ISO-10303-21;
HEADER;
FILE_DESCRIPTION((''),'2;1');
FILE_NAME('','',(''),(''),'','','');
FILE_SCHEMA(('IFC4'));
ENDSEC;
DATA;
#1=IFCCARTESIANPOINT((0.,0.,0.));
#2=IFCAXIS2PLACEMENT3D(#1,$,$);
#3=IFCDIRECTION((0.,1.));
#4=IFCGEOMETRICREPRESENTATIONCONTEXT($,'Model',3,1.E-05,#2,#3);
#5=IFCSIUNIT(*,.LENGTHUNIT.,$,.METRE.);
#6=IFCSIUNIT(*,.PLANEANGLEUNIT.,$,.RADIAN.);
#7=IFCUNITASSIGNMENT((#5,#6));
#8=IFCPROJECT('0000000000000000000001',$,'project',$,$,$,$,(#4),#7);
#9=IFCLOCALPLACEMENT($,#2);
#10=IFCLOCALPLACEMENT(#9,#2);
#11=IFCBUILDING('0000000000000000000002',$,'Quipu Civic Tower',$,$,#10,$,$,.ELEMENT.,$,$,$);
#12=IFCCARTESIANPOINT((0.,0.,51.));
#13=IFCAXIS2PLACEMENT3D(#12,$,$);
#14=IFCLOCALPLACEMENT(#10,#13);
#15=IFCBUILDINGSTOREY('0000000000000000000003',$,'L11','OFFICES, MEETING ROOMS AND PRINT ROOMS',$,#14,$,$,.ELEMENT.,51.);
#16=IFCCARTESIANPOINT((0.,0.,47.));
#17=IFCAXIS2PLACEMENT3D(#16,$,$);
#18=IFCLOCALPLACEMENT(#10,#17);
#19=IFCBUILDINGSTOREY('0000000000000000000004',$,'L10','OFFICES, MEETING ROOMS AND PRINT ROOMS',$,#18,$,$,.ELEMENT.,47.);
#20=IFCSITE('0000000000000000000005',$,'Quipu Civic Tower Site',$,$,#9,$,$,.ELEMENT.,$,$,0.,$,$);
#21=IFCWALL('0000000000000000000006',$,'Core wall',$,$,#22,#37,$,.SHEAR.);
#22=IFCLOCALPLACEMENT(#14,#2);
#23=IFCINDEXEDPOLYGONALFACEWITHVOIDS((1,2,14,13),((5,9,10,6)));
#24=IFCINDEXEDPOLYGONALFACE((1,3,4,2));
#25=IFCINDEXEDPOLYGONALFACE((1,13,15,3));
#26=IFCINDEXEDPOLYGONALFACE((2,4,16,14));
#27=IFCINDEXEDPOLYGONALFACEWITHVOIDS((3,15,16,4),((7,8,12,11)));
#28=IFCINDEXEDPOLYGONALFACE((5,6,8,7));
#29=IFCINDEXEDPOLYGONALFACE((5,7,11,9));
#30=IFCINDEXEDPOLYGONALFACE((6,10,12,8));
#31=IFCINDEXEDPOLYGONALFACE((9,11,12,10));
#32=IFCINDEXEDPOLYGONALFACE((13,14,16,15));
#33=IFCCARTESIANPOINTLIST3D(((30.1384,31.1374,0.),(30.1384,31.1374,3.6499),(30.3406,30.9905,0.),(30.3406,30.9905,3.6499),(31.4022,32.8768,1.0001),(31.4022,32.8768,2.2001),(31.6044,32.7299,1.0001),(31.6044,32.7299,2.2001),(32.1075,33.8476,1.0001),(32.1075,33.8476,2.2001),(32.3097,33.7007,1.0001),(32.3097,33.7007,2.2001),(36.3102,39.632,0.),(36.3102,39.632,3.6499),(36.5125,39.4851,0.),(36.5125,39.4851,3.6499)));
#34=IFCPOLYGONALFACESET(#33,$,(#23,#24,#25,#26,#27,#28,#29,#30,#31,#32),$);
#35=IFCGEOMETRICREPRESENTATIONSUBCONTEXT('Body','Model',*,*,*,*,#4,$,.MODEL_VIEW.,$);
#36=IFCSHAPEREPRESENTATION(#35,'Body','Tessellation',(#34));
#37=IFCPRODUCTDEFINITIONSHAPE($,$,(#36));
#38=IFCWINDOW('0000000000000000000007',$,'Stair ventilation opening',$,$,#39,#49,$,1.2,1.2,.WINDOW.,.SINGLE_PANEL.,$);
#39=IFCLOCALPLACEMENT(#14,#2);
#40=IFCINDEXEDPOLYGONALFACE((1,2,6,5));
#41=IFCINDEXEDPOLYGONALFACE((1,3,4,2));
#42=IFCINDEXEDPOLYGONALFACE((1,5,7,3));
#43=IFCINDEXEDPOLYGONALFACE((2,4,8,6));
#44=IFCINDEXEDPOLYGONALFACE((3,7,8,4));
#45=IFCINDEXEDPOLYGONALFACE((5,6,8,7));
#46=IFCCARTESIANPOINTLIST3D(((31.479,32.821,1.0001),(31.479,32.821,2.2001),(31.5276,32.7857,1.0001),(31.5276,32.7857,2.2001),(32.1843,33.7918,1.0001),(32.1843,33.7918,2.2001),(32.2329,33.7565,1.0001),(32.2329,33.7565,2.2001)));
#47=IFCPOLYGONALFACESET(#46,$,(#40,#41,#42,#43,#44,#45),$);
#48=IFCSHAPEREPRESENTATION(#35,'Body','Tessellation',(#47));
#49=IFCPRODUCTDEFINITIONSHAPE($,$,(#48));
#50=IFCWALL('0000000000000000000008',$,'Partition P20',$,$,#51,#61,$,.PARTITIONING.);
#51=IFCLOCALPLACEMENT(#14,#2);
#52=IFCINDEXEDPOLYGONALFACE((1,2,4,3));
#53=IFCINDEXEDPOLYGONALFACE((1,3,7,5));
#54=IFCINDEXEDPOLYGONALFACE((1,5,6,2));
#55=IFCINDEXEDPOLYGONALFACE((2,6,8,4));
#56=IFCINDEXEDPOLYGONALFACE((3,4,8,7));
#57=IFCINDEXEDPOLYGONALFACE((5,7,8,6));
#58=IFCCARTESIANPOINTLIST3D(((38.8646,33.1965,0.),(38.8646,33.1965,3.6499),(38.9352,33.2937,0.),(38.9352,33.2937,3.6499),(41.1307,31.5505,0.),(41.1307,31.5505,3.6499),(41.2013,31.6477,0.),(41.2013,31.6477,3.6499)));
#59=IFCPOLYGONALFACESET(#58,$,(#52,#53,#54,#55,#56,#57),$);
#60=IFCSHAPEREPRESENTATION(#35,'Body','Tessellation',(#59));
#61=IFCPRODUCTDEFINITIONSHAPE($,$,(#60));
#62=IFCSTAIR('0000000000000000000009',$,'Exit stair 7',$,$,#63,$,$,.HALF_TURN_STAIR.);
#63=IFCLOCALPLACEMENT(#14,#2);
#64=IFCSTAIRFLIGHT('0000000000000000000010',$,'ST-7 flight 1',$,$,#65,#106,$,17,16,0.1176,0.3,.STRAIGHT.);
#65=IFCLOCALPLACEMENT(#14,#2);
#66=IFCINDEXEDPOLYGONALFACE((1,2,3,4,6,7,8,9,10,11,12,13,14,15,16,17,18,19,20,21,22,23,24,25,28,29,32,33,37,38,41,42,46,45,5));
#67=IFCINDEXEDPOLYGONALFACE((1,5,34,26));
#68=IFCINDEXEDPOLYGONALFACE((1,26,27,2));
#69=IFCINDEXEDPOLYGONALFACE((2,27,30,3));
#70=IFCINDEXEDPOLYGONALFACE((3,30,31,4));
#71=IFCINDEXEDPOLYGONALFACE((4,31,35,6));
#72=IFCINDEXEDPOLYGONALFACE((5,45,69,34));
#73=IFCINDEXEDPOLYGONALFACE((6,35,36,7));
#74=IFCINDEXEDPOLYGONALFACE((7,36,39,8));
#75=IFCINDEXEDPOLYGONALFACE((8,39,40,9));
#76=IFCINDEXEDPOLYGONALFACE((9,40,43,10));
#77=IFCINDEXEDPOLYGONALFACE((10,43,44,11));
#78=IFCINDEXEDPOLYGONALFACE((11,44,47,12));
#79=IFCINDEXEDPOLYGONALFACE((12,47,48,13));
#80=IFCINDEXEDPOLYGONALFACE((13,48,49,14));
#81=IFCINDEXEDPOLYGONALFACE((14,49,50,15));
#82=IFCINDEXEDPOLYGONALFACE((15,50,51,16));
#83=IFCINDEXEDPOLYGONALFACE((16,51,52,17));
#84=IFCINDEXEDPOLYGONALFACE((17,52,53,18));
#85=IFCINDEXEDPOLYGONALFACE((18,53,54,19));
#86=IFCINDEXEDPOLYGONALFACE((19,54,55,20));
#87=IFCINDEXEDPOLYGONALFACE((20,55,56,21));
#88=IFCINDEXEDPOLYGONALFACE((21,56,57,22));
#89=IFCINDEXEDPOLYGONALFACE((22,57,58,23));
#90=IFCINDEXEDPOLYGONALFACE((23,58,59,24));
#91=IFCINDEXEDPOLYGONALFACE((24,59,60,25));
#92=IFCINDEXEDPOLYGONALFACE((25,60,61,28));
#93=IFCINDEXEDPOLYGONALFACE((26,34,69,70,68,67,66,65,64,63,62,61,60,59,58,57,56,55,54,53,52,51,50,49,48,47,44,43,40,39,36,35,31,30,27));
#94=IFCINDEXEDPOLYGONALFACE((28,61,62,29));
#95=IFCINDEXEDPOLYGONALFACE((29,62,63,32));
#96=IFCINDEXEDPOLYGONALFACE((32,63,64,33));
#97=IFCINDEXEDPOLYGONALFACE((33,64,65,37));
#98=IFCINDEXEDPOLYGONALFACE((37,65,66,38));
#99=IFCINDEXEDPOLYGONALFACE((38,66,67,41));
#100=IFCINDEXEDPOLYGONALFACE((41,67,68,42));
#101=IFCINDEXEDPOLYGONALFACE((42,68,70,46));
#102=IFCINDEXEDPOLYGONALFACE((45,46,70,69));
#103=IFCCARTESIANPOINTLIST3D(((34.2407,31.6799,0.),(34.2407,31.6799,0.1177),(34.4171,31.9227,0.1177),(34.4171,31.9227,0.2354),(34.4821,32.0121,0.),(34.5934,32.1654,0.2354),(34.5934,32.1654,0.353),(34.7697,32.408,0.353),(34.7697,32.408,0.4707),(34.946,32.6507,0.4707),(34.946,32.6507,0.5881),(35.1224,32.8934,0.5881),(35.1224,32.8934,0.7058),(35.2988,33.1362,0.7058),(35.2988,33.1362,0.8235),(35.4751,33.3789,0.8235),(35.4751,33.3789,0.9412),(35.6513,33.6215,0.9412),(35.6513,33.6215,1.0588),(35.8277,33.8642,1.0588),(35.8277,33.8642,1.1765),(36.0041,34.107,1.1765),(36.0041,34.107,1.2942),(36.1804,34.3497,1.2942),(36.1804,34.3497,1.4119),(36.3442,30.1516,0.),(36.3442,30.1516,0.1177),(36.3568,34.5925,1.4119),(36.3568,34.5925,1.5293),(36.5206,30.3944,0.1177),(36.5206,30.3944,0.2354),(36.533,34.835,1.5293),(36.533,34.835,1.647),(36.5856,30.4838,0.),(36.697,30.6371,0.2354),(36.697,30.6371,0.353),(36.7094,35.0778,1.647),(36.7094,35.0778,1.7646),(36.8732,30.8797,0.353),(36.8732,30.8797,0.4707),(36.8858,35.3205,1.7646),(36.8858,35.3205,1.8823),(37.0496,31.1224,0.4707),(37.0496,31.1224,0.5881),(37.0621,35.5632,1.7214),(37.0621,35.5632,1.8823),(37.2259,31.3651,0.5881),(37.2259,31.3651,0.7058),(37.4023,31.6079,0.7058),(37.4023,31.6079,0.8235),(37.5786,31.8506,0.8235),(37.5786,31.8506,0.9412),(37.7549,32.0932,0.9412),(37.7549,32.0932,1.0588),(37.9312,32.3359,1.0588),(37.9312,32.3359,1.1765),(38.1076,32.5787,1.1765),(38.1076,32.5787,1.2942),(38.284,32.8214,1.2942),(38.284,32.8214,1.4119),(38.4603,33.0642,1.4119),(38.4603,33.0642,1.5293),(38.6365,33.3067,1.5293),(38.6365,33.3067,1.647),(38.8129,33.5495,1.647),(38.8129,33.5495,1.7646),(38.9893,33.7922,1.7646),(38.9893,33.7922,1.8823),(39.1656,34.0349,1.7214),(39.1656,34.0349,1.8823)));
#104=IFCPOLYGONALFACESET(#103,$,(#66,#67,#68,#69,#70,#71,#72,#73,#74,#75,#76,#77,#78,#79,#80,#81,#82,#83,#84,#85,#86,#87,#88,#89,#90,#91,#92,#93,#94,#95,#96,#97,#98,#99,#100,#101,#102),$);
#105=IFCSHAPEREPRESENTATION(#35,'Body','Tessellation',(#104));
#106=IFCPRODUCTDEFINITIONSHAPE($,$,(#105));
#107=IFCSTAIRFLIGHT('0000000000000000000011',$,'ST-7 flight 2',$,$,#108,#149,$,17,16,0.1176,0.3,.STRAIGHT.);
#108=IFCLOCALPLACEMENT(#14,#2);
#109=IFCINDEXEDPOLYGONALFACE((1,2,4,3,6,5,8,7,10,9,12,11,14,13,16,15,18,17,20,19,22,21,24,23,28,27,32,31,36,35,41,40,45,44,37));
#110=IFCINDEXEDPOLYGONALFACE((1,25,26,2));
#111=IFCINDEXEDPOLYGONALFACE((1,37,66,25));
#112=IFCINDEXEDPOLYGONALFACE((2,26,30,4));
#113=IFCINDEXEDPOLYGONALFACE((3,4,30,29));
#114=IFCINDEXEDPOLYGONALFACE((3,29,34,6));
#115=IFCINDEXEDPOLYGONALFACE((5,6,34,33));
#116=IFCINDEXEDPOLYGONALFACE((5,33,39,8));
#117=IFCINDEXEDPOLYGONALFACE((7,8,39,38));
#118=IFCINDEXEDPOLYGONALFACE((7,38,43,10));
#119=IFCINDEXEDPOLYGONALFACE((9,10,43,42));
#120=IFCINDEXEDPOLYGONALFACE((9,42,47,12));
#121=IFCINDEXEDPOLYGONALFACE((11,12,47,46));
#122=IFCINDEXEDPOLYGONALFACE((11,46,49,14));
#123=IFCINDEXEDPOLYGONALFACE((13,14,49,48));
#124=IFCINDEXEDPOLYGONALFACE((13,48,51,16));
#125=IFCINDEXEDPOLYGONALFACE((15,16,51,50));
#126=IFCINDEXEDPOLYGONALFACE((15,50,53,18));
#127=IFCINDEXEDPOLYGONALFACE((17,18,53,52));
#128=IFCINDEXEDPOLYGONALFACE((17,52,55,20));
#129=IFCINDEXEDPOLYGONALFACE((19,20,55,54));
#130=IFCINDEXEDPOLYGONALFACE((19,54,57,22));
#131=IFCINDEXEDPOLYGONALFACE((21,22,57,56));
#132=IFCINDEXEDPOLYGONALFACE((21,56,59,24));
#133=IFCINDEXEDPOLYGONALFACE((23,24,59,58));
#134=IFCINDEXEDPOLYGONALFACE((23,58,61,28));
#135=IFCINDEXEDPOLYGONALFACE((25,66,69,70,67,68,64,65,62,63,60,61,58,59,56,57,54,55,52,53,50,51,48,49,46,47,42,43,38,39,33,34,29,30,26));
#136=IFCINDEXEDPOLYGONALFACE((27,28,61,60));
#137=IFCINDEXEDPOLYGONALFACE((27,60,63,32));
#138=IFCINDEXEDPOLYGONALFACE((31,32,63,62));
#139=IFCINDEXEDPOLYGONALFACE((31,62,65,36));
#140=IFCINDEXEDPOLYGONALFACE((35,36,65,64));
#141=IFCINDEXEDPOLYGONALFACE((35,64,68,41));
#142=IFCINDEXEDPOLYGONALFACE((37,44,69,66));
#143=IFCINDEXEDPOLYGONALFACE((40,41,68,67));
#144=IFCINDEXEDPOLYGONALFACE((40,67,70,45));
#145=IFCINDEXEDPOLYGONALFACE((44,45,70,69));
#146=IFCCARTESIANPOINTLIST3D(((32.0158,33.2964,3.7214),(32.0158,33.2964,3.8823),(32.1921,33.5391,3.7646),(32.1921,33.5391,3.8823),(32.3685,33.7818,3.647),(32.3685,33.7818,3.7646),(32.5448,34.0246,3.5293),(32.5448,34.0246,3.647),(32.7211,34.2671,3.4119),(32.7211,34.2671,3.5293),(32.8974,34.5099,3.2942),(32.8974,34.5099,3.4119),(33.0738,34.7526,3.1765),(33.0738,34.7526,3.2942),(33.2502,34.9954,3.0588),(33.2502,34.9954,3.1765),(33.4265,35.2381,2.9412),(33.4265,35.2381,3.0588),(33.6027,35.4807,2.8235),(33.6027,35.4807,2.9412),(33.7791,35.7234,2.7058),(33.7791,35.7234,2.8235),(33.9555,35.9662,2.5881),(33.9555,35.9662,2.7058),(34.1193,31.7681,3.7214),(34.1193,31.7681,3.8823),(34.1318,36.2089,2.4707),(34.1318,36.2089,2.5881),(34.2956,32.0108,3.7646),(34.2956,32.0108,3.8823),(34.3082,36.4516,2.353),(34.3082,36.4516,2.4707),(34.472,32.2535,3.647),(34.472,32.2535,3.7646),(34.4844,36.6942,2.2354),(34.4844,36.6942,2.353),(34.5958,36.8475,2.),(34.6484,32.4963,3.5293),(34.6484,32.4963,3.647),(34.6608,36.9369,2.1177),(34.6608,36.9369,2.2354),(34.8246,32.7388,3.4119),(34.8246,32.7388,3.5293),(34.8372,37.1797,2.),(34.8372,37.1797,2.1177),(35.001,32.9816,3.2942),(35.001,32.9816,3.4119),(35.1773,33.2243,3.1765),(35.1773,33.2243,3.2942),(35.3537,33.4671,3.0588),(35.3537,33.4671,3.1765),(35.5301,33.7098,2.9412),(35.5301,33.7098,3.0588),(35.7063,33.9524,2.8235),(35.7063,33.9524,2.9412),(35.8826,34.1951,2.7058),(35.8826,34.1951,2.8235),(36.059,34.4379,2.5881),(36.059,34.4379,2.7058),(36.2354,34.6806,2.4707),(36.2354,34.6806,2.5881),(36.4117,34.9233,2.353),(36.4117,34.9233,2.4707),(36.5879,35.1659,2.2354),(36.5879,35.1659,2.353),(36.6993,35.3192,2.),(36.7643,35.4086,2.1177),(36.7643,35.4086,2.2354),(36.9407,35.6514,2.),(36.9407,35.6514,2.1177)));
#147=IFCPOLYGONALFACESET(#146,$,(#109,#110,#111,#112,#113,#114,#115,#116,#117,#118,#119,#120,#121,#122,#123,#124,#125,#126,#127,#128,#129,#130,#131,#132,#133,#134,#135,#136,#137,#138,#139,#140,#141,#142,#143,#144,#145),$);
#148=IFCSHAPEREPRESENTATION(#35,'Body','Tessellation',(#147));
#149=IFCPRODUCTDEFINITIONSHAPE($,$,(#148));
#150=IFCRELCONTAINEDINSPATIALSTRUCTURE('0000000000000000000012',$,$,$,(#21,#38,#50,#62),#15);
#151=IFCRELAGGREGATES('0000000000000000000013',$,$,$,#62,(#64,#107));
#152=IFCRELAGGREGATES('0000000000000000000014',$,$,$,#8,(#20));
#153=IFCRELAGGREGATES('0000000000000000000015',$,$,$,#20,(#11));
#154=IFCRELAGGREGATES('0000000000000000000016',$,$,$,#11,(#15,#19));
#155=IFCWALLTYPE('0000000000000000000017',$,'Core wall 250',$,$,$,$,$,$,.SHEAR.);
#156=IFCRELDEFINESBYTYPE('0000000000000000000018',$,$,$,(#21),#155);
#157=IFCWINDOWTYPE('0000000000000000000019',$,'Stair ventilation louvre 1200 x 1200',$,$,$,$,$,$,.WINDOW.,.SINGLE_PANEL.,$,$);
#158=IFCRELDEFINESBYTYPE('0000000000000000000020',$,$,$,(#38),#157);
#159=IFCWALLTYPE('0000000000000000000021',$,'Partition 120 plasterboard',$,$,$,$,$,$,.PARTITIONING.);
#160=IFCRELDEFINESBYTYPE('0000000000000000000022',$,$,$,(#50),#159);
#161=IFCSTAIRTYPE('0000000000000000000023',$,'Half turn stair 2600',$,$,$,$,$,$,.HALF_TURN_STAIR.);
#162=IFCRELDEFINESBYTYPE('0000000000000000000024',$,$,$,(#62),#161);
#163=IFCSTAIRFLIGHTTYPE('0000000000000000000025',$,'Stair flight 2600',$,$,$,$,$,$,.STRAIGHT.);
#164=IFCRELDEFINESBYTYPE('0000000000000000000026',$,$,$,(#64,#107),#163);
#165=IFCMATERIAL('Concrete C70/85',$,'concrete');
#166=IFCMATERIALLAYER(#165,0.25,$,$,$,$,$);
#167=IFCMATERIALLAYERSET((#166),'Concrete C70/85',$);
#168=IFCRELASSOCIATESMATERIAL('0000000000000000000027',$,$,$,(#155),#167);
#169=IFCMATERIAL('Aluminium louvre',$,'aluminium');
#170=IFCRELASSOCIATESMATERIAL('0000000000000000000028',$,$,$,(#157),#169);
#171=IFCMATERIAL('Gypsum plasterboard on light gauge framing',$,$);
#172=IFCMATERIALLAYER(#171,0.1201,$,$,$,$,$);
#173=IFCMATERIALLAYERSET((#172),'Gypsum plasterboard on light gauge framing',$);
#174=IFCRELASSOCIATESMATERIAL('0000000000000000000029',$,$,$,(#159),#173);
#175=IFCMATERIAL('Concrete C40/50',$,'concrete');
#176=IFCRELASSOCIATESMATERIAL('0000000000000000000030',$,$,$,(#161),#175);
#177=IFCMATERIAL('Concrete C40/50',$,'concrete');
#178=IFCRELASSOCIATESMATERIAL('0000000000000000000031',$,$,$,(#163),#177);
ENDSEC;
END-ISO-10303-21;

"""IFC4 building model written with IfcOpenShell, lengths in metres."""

from ifc_helpers import new_model, si_unit, direction, frame, frame_2d, origin, place, context, subcontext, project, spatial, polyline, rectangle, outline, extrude, material, layer, layer_set, type_object, element, fill, aggregate, save


model = new_model("IFC4")

# Units and contexts
model_context = context("Model", 3, precision=1e-05, world=origin(), true_north=direction((0.0, 1.0)))
body_context = subcontext(model_context, "Body", "Model", "MODEL_VIEW")
ifc_project = project(units=[si_unit("LENGTHUNIT", "METRE"), si_unit("PLANEANGLEUNIT", "RADIAN")], contexts=[model_context])

# Site, building, storey
site_placement = place(None, origin())
site = spatial("IfcSite", under=ifc_project, at=site_placement, Name="Quipu Civic Tower Site", CompositionType="ELEMENT", RefElevation=0.0)
building_placement = place(site_placement, origin())
building = spatial("IfcBuilding", under=site, at=building_placement, Name="Quipu Civic Tower", CompositionType="ELEMENT")
storey_1_placement = place(building_placement, frame((0.0, 0.0, 51.0)))
storey_1 = spatial("IfcBuildingStorey", under=building, at=storey_1_placement, Name="L11", Description="OFFICES, MEETING ROOMS AND PRINT ROOMS", CompositionType="ELEMENT", Elevation=51.0)

# Shared definitions
storey_2_placement = place(building_placement, frame((0.0, 0.0, 47.0)))
storey_2 = spatial("IfcBuildingStorey", under=building, at=storey_2_placement, Name="L10", Description="OFFICES, MEETING ROOMS AND PRINT ROOMS", CompositionType="ELEMENT", Elevation=47.0)

# Shared definitions
ifc_material_1 = material(Name="Concrete C70/85", Category="concrete")
ifc_layer_1 = layer(ifc_material_1, 0.25)
ifc_layer_set_1 = layer_set([ifc_layer_1], Name="Concrete C70/85")
wall_type_1 = type_object("IfcWallType", Name="Core wall 250", PredefinedType="SHEAR", material=ifc_layer_set_1)

# Wall, opening, window
wall_1_placement = place(storey_1_placement, frame((30.2395, 31.064, 0.0), z_axis=(0.0, 0.0, 1.0), x_axis=(0.587796, 0.809009, 0.0)))
wall_1 = element("IfcWall", 1, at=wall_1_placement, inside=storey_1, type_object=wall_type_1, Name="Core wall", PredefinedType="SHEAR", context=body_context, shape_type="SweptSolid", body=[
    extrude(rectangle(XDim=10.5, YDim=0.25, at=frame_2d((5.25, 0.0))), origin(), (0.0, 0.0, 1.0), 3.6499),
])
opening_1_placement = place(wall_1_placement, frame((2.1499, 0.0, 1.0)))
opening_1 = element("IfcOpeningElement", 2, at=opening_1_placement, cuts=wall_1, PredefinedType="OPENING", context=body_context, shape_type="SweptSolid", body=[
    extrude(rectangle(XDim=1.2, YDim=1.2, at=frame_2d((0.6001, 0.6001))), frame((0.0, 0.135, 0.0), z_axis=(0.0, -1.0, 0.0), x_axis=(1.0, 0.0, 0.0)), (0.0, 0.0, 1.0), 0.27),
])
ifc_material_2 = material(Name="Aluminium louvre", Category="aluminium")
window_type = type_object("IfcWindowType", Name="Stair ventilation louvre 1200 x 1200", PartitioningType="SINGLE_PANEL", PredefinedType="WINDOW", material=ifc_material_2)
window_placement = place(opening_1_placement, origin())
window = element("IfcWindow", 3, at=window_placement, inside=storey_1, type_object=window_type, Name="Stair ventilation opening", OverallHeight=1.2, OverallWidth=1.2, PartitioningType="SINGLE_PANEL", PredefinedType="WINDOW", context=body_context, shape_type="SweptSolid", body=[
    extrude(rectangle(XDim=1.2, YDim=1.2, at=frame_2d((0.6001, 0.6001))), frame((0.0, 0.03, 0.0), z_axis=(0.0, -1.0, 0.0), x_axis=(1.0, 0.0, 0.0)), (0.0, 0.0, 1.0), 0.0601),
])
fill(opening_1, window)

# Wall
ifc_material_3 = material(Name="Gypsum plasterboard on light gauge framing")
ifc_layer_2 = layer(ifc_material_3, 0.1201)
ifc_layer_set_2 = layer_set([ifc_layer_2], Name="Gypsum plasterboard on light gauge framing")
wall_type_2 = type_object("IfcWallType", Name="Partition 120 plasterboard", PredefinedType="PARTITIONING", material=ifc_layer_set_2)
wall_2_placement = place(storey_1_placement, frame((38.8999, 33.2451, 0.0), z_axis=(0.0, 0.0, 1.0), x_axis=(0.80909, -0.587684, 0.0)))
element("IfcWall", 4, at=wall_2_placement, inside=storey_1, type_object=wall_type_2, Name="Partition P20", PredefinedType="PARTITIONING", context=body_context, shape_type="SweptSolid", body=[
    extrude(rectangle(XDim=2.8008, YDim=0.1201, at=frame_2d((1.4004, 0.0))), origin(), (0.0, 0.0, 1.0), 3.6499),
])

# Stair, stair flights
ifc_material_4 = material(Name="Concrete C40/50", Category="concrete")
stair_type = type_object("IfcStairType", Name="Half turn stair 2600", PredefinedType="HALF_TURN_STAIR", material=ifc_material_4)
stair_placement = place(storey_1_placement, origin())
stair = element("IfcStair", 5, at=stair_placement, inside=storey_1, type_object=stair_type, Name="Exit stair 7", PredefinedType="HALF_TURN_STAIR")
ifc_material_5 = material(Name="Concrete C40/50", Category="concrete")
stair_flight_type = type_object("IfcStairFlightType", Name="Stair flight 2600", PredefinedType="STRAIGHT", material=ifc_material_5)
stair_flight_1_placement = place(storey_1_placement, frame((35.2925, 30.9158, 0.0), z_axis=(0.0, 0.0, 1.0), x_axis=(0.587785, 0.809017, 0.0)))
stair_flight_1 = element("IfcStairFlight", 6, at=stair_flight_1_placement, type_object=stair_flight_type, Name="ST-7 flight 1", NumberOfRisers=17, NumberOfTreads=16, PredefinedType="STRAIGHT", RiserHeight=0.1176, TreadLength=0.3, context=body_context, shape_type="SweptSolid", body=[
    extrude(outline(polyline([(0.0, 0.0), (0.0, 0.1177), (0.3, 0.1177), (0.3, 0.2354), (0.6001, 0.2354), (0.6001, 0.353), (0.8999, 0.353), (0.8999, 0.4707), (1.2, 0.4707), (1.2, 0.5881), (1.5, 0.5881), (1.5, 0.7058), (1.8, 0.7058), (1.8, 0.8235), (2.1001, 0.8235), (2.1001, 0.9412), (2.3999, 0.9412), (2.3999, 1.0588), (2.7, 1.0588), (2.7, 1.1765), (3.0, 1.1765), (3.0, 1.2942), (3.3, 1.2942), (3.3, 1.4119), (3.6001, 1.4119), (3.6001, 1.5293), (3.8999, 1.5293), (3.8999, 1.647), (4.2, 1.647), (4.2, 1.7646), (4.5, 1.7646), (4.5, 1.8823), (4.8, 1.8823), (4.8, 2.0), (4.8, 1.7214), (0.4106, 0.0), (0.0, 0.0)])), frame((0.0, 1.3, 0.0), z_axis=(0.0, -1.0, 0.0), x_axis=(1.0, 0.0, 0.0)), (0.0, 0.0, 1.0), 2.6001),
])
stair_flight_2_placement = place(storey_1_placement, frame((35.8889, 36.4155, 2.0), z_axis=(0.0, 0.0, 1.0), x_axis=(-0.587785, -0.809017, 0.0)))
stair_flight_2 = element("IfcStairFlight", 7, at=stair_flight_2_placement, type_object=stair_flight_type, Name="ST-7 flight 2", NumberOfRisers=17, NumberOfTreads=16, PredefinedType="STRAIGHT", RiserHeight=0.1176, TreadLength=0.3, context=body_context, shape_type="SweptSolid", body=[
    extrude(outline(polyline([(0.0, 0.0), (0.0, 0.1177), (0.3, 0.1177), (0.3, 0.2354), (0.6001, 0.2354), (0.6001, 0.353), (0.8999, 0.353), (0.8999, 0.4707), (1.2, 0.4707), (1.2, 0.5881), (1.5, 0.5881), (1.5, 0.7058), (1.8, 0.7058), (1.8, 0.8235), (2.1001, 0.8235), (2.1001, 0.9412), (2.3999, 0.9412), (2.3999, 1.0588), (2.7, 1.0588), (2.7, 1.1765), (3.0, 1.1765), (3.0, 1.2942), (3.3, 1.2942), (3.3, 1.4119), (3.6001, 1.4119), (3.6001, 1.5293), (3.8999, 1.5293), (3.8999, 1.647), (4.2, 1.647), (4.2, 1.7646), (4.5, 1.7646), (4.5, 1.8823), (4.8, 1.8823), (4.8, 2.0), (4.8, 1.7214), (0.4106, 0.0), (0.0, 0.0)])), frame((0.0, 1.3, 0.0), z_axis=(0.0, -1.0, 0.0), x_axis=(1.0, 0.0, 0.0)), (0.0, 0.0, 1.0), 2.6001),
])
aggregate(stair, [stair_flight_1, stair_flight_2])

save(model, "model.ifc")
